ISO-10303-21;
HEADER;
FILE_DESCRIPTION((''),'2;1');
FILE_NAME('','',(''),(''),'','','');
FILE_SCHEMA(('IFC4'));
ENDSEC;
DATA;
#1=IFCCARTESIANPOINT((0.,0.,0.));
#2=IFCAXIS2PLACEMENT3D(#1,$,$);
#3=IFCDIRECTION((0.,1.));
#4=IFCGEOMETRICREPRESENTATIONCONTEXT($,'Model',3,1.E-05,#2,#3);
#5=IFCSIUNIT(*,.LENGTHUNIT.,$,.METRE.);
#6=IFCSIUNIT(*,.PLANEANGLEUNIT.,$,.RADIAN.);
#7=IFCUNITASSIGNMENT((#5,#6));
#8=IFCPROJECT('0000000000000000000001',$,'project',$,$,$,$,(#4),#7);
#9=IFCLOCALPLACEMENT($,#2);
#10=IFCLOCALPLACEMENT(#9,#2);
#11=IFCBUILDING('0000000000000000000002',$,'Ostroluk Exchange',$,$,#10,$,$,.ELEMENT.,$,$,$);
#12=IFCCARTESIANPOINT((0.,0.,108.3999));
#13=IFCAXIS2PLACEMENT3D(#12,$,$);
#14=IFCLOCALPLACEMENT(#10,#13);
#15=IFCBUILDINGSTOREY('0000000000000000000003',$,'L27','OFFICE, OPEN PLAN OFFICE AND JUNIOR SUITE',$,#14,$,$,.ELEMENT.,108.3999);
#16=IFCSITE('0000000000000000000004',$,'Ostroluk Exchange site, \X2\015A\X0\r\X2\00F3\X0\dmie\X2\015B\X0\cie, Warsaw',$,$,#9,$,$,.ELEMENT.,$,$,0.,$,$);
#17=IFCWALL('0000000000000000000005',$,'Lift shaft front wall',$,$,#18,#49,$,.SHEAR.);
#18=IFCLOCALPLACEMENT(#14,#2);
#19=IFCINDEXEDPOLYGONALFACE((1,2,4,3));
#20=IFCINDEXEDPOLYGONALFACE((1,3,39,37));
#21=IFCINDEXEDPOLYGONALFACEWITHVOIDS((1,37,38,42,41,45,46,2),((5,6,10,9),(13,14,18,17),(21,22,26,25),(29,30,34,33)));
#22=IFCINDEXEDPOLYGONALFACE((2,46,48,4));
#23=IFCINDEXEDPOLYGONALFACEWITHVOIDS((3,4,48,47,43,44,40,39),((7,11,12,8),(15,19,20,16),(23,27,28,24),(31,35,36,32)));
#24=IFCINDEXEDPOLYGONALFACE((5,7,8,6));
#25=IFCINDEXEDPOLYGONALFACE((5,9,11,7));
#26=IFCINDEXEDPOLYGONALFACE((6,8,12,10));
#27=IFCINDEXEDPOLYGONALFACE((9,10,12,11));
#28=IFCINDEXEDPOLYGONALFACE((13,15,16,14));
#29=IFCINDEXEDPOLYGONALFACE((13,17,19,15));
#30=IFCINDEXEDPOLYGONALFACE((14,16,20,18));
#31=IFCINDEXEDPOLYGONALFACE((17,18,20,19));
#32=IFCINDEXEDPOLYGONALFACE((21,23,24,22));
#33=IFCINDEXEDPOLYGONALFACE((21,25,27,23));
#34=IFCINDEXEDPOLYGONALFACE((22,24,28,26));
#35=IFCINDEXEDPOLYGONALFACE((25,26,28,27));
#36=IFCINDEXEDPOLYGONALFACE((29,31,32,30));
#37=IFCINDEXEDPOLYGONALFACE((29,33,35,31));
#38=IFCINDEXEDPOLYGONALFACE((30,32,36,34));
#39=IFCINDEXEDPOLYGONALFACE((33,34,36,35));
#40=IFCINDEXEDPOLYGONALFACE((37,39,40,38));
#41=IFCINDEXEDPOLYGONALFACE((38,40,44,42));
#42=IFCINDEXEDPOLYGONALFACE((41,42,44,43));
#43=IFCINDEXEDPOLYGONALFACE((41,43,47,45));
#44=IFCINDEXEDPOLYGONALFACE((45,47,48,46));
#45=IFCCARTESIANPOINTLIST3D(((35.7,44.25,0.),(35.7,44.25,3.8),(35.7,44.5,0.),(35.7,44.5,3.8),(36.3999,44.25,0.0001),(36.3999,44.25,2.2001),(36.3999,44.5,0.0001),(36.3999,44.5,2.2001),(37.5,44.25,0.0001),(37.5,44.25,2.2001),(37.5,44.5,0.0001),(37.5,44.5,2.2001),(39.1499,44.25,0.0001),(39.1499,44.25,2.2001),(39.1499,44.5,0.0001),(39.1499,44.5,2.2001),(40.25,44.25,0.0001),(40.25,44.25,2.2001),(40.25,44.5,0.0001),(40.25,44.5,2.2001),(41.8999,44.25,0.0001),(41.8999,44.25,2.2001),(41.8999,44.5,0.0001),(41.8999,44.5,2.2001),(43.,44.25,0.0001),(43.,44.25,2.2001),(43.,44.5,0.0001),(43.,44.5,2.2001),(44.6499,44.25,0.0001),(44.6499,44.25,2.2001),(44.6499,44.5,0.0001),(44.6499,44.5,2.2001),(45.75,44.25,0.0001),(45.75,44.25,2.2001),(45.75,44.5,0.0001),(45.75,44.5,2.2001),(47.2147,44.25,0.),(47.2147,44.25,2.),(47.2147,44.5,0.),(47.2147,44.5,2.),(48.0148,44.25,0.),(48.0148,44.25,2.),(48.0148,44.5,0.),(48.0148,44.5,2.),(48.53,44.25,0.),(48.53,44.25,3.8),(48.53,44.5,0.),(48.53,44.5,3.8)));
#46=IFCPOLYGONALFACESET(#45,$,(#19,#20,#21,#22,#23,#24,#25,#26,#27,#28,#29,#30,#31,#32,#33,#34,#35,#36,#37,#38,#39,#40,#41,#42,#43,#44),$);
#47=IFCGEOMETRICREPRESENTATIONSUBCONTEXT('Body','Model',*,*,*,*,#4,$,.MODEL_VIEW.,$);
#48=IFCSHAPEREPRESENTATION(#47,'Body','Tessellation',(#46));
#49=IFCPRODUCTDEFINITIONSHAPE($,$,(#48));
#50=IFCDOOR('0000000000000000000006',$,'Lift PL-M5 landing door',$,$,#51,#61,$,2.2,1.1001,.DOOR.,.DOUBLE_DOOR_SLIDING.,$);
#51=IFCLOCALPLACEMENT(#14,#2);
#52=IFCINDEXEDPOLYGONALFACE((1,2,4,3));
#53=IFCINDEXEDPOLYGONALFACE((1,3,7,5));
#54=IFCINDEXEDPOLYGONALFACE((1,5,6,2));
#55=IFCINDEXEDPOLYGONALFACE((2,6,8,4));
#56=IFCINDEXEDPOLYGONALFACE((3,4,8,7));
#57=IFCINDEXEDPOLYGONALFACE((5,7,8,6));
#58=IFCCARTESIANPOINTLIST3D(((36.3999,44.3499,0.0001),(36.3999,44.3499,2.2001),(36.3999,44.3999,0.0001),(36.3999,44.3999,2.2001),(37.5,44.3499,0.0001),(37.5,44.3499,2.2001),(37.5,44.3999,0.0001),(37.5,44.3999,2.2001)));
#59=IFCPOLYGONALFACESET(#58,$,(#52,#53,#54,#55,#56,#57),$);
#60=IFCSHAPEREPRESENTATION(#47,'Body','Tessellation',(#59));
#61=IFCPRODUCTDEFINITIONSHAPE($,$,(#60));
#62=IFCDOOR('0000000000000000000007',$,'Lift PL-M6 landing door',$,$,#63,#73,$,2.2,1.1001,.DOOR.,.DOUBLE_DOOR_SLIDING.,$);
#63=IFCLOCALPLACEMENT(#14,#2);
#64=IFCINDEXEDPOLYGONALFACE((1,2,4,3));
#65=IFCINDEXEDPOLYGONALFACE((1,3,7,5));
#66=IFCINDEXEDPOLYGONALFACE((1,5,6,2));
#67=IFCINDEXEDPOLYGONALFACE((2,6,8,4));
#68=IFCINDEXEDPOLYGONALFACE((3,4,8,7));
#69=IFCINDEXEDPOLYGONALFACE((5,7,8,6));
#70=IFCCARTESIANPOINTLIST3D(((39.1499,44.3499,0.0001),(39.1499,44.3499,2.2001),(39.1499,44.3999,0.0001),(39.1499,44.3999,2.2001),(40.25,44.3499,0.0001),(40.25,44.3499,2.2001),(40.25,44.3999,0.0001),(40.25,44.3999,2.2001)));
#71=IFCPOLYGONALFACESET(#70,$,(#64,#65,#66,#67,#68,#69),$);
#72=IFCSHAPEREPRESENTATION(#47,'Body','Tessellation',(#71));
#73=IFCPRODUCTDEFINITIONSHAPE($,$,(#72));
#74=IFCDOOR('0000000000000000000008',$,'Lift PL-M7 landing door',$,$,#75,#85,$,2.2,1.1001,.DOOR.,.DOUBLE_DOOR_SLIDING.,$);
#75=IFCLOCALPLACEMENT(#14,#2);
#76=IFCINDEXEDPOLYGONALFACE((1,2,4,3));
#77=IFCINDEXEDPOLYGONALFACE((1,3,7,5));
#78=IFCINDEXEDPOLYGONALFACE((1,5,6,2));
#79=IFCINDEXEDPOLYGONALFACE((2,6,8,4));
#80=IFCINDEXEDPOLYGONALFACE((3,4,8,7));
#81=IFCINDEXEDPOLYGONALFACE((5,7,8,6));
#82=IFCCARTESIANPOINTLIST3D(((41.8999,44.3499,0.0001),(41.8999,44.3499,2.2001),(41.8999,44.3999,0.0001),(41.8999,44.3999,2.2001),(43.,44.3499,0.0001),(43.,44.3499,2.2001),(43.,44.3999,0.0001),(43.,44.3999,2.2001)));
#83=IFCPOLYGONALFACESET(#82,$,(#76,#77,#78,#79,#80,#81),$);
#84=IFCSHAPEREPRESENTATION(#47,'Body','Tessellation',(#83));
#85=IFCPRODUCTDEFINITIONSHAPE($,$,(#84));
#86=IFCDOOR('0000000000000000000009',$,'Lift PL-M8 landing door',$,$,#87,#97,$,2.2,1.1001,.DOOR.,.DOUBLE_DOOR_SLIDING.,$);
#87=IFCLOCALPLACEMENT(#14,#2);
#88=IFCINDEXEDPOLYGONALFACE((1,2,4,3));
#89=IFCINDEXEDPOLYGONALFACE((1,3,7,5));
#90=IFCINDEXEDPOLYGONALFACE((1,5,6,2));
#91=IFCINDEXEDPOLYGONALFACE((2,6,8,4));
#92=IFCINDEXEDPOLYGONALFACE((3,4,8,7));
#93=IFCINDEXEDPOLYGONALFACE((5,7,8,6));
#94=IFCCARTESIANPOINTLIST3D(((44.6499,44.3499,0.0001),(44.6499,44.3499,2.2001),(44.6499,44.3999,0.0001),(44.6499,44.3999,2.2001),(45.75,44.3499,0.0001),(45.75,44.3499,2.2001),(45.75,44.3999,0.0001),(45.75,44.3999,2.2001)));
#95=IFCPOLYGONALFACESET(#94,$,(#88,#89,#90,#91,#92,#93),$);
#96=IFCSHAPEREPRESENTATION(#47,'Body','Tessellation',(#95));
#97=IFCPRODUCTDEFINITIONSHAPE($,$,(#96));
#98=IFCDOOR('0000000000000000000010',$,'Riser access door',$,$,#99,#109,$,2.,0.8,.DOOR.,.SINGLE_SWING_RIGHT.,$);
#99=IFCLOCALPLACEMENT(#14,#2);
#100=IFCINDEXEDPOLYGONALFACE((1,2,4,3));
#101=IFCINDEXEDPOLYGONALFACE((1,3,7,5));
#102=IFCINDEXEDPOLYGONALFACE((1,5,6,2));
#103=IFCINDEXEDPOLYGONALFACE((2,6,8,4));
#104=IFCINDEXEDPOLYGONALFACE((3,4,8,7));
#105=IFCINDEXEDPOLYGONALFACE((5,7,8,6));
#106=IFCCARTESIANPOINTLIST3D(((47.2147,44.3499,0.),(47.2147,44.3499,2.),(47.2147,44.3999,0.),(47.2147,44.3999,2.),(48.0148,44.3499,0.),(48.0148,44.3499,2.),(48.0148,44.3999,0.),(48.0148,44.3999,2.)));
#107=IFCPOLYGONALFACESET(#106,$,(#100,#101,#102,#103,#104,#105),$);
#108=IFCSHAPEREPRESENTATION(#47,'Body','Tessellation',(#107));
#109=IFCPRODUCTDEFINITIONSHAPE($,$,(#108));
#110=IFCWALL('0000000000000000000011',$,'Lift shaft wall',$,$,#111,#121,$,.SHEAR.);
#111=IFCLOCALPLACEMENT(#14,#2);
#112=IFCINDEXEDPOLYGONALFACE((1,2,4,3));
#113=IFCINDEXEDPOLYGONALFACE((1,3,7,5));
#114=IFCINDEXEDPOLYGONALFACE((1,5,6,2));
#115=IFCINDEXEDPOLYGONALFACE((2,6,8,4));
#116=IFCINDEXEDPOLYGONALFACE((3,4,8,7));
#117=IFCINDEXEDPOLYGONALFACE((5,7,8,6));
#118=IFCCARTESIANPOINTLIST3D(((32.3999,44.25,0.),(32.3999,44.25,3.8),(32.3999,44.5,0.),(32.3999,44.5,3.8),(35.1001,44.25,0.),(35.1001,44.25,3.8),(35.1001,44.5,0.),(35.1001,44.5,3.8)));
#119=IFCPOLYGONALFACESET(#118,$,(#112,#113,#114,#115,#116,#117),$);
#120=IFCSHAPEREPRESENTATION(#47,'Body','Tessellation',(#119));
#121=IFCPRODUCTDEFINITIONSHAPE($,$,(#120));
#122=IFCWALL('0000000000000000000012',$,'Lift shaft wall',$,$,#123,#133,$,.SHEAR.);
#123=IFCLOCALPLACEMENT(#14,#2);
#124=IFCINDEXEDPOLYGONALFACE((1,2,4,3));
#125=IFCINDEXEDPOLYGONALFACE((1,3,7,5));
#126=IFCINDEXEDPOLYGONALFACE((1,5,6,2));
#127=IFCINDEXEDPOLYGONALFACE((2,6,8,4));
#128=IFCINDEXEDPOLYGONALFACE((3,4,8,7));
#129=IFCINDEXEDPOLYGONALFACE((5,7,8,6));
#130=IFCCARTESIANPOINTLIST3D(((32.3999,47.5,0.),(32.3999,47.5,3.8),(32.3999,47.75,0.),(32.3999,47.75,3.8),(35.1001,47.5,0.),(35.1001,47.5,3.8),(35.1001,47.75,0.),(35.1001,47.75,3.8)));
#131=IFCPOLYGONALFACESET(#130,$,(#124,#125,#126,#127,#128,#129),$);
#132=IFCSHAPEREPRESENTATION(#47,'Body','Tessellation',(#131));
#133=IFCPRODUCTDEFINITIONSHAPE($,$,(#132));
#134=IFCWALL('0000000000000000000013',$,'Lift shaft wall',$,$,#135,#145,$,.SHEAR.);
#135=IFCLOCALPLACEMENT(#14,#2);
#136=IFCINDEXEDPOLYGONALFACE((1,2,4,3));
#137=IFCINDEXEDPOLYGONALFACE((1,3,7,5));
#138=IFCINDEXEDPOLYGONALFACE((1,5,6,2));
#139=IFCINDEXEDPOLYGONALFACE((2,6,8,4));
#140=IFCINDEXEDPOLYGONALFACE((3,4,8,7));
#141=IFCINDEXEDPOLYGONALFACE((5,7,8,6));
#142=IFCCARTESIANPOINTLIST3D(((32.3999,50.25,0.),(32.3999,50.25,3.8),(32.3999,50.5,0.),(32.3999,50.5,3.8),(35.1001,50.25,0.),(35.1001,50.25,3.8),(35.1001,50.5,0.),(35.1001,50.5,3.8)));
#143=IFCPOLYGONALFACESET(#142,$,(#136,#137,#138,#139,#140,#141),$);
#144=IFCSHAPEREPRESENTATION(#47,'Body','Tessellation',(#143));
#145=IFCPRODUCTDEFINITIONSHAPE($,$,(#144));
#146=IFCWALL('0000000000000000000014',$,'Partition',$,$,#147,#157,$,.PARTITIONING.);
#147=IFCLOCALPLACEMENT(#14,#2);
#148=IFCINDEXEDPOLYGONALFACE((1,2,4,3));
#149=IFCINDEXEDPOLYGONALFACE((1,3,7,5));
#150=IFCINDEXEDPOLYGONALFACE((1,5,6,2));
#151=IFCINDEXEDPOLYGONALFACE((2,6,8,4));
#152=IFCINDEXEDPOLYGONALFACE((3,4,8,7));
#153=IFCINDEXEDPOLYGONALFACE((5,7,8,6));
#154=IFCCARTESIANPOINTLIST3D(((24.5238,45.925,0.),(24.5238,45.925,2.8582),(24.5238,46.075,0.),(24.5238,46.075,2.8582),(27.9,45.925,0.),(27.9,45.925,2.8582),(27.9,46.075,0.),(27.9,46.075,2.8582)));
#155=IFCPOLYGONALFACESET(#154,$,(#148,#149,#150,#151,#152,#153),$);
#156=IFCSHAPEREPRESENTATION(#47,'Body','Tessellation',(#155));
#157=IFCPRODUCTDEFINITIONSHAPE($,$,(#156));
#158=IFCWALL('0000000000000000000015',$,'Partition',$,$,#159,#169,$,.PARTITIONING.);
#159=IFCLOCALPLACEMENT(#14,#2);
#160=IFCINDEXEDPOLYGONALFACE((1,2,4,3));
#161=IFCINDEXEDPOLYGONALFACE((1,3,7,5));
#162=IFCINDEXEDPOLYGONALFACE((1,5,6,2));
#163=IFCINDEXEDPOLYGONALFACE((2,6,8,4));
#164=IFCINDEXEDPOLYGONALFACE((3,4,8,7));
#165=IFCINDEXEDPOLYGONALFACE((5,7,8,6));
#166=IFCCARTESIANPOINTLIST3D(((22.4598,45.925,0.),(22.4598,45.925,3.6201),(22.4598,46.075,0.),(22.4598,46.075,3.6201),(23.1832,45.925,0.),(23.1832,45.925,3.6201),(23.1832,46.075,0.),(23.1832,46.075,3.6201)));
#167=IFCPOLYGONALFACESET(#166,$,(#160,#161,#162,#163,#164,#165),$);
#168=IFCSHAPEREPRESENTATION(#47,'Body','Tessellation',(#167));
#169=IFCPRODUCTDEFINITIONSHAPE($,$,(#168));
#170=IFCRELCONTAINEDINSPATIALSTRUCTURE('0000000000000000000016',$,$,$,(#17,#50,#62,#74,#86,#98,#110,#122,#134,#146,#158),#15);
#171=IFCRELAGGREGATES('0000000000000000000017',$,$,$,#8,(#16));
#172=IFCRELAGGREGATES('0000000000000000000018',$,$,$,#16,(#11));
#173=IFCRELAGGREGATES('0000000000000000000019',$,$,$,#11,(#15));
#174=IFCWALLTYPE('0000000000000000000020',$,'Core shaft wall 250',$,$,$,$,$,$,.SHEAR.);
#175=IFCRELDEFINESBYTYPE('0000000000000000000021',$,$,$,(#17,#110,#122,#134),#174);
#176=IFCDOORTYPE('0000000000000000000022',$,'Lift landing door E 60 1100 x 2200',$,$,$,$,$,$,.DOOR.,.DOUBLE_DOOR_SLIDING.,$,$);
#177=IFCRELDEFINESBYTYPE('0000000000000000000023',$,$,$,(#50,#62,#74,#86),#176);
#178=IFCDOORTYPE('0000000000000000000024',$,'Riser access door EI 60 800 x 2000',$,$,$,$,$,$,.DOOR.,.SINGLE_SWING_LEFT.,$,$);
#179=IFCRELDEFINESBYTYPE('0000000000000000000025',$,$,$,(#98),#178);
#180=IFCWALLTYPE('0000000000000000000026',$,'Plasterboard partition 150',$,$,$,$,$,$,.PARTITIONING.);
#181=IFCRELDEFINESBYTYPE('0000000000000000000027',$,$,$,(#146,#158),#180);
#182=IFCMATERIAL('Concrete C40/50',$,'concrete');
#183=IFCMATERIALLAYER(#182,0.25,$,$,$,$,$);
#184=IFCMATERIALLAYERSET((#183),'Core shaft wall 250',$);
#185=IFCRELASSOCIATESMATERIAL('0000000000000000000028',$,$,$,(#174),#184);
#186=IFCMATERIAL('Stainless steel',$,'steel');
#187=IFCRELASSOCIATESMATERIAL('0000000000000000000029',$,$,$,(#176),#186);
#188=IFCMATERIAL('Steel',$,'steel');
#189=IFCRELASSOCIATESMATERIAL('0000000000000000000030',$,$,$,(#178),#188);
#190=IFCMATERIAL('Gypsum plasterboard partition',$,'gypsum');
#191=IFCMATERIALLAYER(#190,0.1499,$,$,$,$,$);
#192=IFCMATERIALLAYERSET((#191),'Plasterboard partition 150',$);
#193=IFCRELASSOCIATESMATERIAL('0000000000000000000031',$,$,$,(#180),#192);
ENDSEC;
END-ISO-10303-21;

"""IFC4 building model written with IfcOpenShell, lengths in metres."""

from ifc_helpers import new_model, si_unit, direction, frame, frame_2d, origin, place, context, subcontext, project, spatial, rectangle, extrude, material, layer, layer_set, type_object, element, fill, save


model = new_model("IFC4")

# Units and contexts
model_context = context("Model", 3, precision=1e-05, world=origin(), true_north=direction((0.0, 1.0)))
body_context = subcontext(model_context, "Body", "Model", "MODEL_VIEW")
ifc_project = project(units=[si_unit("LENGTHUNIT", "METRE"), si_unit("PLANEANGLEUNIT", "RADIAN")], contexts=[model_context])

# Site, building, storey
site_placement = place(None, origin())
site = spatial("IfcSite", under=ifc_project, at=site_placement, Name="Ostroluk Exchange site, Śródmieście, Warsaw", CompositionType="ELEMENT", RefElevation=0.0)
building_placement = place(site_placement, origin())
building = spatial("IfcBuilding", under=site, at=building_placement, Name="Ostroluk Exchange", CompositionType="ELEMENT")
storey_placement = place(building_placement, frame((0.0, 0.0, 108.3999)))
storey = spatial("IfcBuildingStorey", under=building, at=storey_placement, Name="L27", Description="OFFICE, OPEN PLAN OFFICE AND JUNIOR SUITE", CompositionType="ELEMENT", Elevation=108.3999)

# Shared definitions
ifc_material_1 = material(Name="Concrete C40/50", Category="concrete")
ifc_layer_1 = layer(ifc_material_1, 0.25)
ifc_layer_set_1 = layer_set([ifc_layer_1], Name="Core shaft wall 250")
wall_type_1 = type_object("IfcWallType", Name="Core shaft wall 250", PredefinedType="SHEAR", material=ifc_layer_set_1)

# Wall, openings, doors
ifc_material_2 = material(Name="Stainless steel", Category="steel")
door_type_1 = type_object("IfcDoorType", Name="Lift landing door E 60 1100 x 2200", OperationType="DOUBLE_DOOR_SLIDING", PredefinedType="DOOR", material=ifc_material_2)
ifc_material_3 = material(Name="Steel", Category="steel")
door_type_2 = type_object("IfcDoorType", Name="Riser access door EI 60 800 x 2000", OperationType="SINGLE_SWING_LEFT", PredefinedType="DOOR", material=ifc_material_3)
wall_1_placement = place(storey_placement, frame((35.7, 44.375, 0.0), z_axis=(0.0, 0.0, 1.0), x_axis=(1.0, 0.0, 0.0)))
wall_1 = element("IfcWall", 1, at=wall_1_placement, inside=storey, type_object=wall_type_1, Name="Lift shaft front wall", PredefinedType="SHEAR", context=body_context, shape_type="SweptSolid", body=[
    extrude(rectangle(XDim=12.8301, YDim=0.25, at=frame_2d((6.415, 0.0))), origin(), (0.0, 0.0, 1.0), 3.8),
])
opening_1_placement = place(wall_1_placement, frame((0.7, 0.0, 0.0)))
opening_1 = element("IfcOpeningElement", 2, at=opening_1_placement, cuts=wall_1, PredefinedType="OPENING", context=body_context, shape_type="SweptSolid", body=[
    extrude(rectangle(XDim=1.1001, YDim=2.2, at=frame_2d((0.55, 1.1001))), frame((0.0, 0.135, 0.0), z_axis=(0.0, -1.0, 0.0), x_axis=(1.0, 0.0, 0.0)), (0.0, 0.0, 1.0), 0.27),
])
opening_2_placement = place(wall_1_placement, frame((3.45, 0.0, 0.0)))
opening_2 = element("IfcOpeningElement", 3, at=opening_2_placement, cuts=wall_1, PredefinedType="OPENING", context=body_context, shape_type="SweptSolid", body=[
    extrude(rectangle(XDim=1.1001, YDim=2.2, at=frame_2d((0.55, 1.1001))), frame((0.0, 0.135, 0.0), z_axis=(0.0, -1.0, 0.0), x_axis=(1.0, 0.0, 0.0)), (0.0, 0.0, 1.0), 0.27),
])
opening_3_placement = place(wall_1_placement, frame((6.2, 0.0, 0.0)))
opening_3 = element("IfcOpeningElement", 4, at=opening_3_placement, cuts=wall_1, PredefinedType="OPENING", context=body_context, shape_type="SweptSolid", body=[
    extrude(rectangle(XDim=1.1001, YDim=2.2, at=frame_2d((0.55, 1.1001))), frame((0.0, 0.135, 0.0), z_axis=(0.0, -1.0, 0.0), x_axis=(1.0, 0.0, 0.0)), (0.0, 0.0, 1.0), 0.27),
])
opening_4_placement = place(wall_1_placement, frame((8.95, 0.0, 0.0)))
opening_4 = element("IfcOpeningElement", 5, at=opening_4_placement, cuts=wall_1, PredefinedType="OPENING", context=body_context, shape_type="SweptSolid", body=[
    extrude(rectangle(XDim=1.1001, YDim=2.2, at=frame_2d((0.55, 1.1001))), frame((0.0, 0.135, 0.0), z_axis=(0.0, -1.0, 0.0), x_axis=(1.0, 0.0, 0.0)), (0.0, 0.0, 1.0), 0.27),
])
opening_5_placement = place(wall_1_placement, frame((11.5149, 0.0, 0.0)))
opening_5 = element("IfcOpeningElement", 6, at=opening_5_placement, cuts=wall_1, PredefinedType="OPENING", context=body_context, shape_type="SweptSolid", body=[
    extrude(rectangle(XDim=0.8, YDim=2.0, at=frame_2d((0.3999, 1.0))), frame((0.0, 0.135, 0.0), z_axis=(0.0, -1.0, 0.0), x_axis=(1.0, 0.0, 0.0)), (0.0, 0.0, 1.0), 0.27),
])
door_1_placement = place(opening_1_placement, origin())
door_1 = element("IfcDoor", 7, at=door_1_placement, inside=storey, type_object=door_type_1, Name="Lift PL-M5 landing door", OperationType="DOUBLE_DOOR_SLIDING", OverallHeight=2.2, OverallWidth=1.1001, PredefinedType="DOOR", context=body_context, shape_type="SweptSolid", body=[
    extrude(rectangle(XDim=1.1001, YDim=2.2, at=frame_2d((0.55, 1.1001))), frame((0.0, 0.0249, 0.0), z_axis=(0.0, -1.0, 0.0), x_axis=(1.0, 0.0, 0.0)), (0.0, 0.0, 1.0), 0.05),
])
fill(opening_1, door_1)
door_2_placement = place(opening_2_placement, origin())
door_2 = element("IfcDoor", 8, at=door_2_placement, inside=storey, type_object=door_type_1, Name="Lift PL-M6 landing door", OperationType="DOUBLE_DOOR_SLIDING", OverallHeight=2.2, OverallWidth=1.1001, PredefinedType="DOOR", context=body_context, shape_type="SweptSolid", body=[
    extrude(rectangle(XDim=1.1001, YDim=2.2, at=frame_2d((0.55, 1.1001))), frame((0.0, 0.0249, 0.0), z_axis=(0.0, -1.0, 0.0), x_axis=(1.0, 0.0, 0.0)), (0.0, 0.0, 1.0), 0.05),
])
fill(opening_2, door_2)
door_3_placement = place(opening_3_placement, origin())
door_3 = element("IfcDoor", 9, at=door_3_placement, inside=storey, type_object=door_type_1, Name="Lift PL-M7 landing door", OperationType="DOUBLE_DOOR_SLIDING", OverallHeight=2.2, OverallWidth=1.1001, PredefinedType="DOOR", context=body_context, shape_type="SweptSolid", body=[
    extrude(rectangle(XDim=1.1001, YDim=2.2, at=frame_2d((0.55, 1.1001))), frame((0.0, 0.0249, 0.0), z_axis=(0.0, -1.0, 0.0), x_axis=(1.0, 0.0, 0.0)), (0.0, 0.0, 1.0), 0.05),
])
fill(opening_3, door_3)
door_4_placement = place(opening_4_placement, origin())
door_4 = element("IfcDoor", 10, at=door_4_placement, inside=storey, type_object=door_type_1, Name="Lift PL-M8 landing door", OperationType="DOUBLE_DOOR_SLIDING", OverallHeight=2.2, OverallWidth=1.1001, PredefinedType="DOOR", context=body_context, shape_type="SweptSolid", body=[
    extrude(rectangle(XDim=1.1001, YDim=2.2, at=frame_2d((0.55, 1.1001))), frame((0.0, 0.0249, 0.0), z_axis=(0.0, -1.0, 0.0), x_axis=(1.0, 0.0, 0.0)), (0.0, 0.0, 1.0), 0.05),
])
fill(opening_4, door_4)
door_5_placement = place(opening_5_placement, origin())
door_5 = element("IfcDoor", 11, at=door_5_placement, inside=storey, type_object=door_type_2, Name="Riser access door", OperationType="SINGLE_SWING_RIGHT", OverallHeight=2.0, OverallWidth=0.8, PredefinedType="DOOR", context=body_context, shape_type="SweptSolid", body=[
    extrude(rectangle(XDim=0.8, YDim=2.0, at=frame_2d((0.3999, 1.0))), frame((0.0, 0.0249, 0.0), z_axis=(0.0, -1.0, 0.0), x_axis=(1.0, 0.0, 0.0)), (0.0, 0.0, 1.0), 0.05),
])
fill(opening_5, door_5)

# Walls
for number, where, z_axis, x_axis, name in (
    (12, (32.3999, 44.375, 0.0), (0.0, 0.0, 1.0), (1.0, 0.0, 0.0), "Lift shaft wall"),
    (13, (32.3999, 47.625, 0.0), (0.0, 0.0, 1.0), (1.0, 0.0, 0.0), "Lift shaft wall"),
    (14, (32.3999, 50.375, 0.0), (0.0, 0.0, 1.0), (1.0, 0.0, 0.0), "Lift shaft wall"),
):
    element("IfcWall", number, at=place(storey_placement, frame(where, z_axis=z_axis, x_axis=x_axis)), inside=storey, type_object=wall_type_1, Name=name, PredefinedType="SHEAR", context=body_context, shape_type="SweptSolid", body=[
        extrude(rectangle(XDim=2.7002, YDim=0.25, at=frame_2d((1.3501, 0.0))), origin(), (0.0, 0.0, 1.0), 3.8),
    ])
ifc_material_4 = material(Name="Gypsum plasterboard partition", Category="gypsum")
ifc_layer_2 = layer(ifc_material_4, 0.1499)
ifc_layer_set_2 = layer_set([ifc_layer_2], Name="Plasterboard partition 150")
wall_type_2 = type_object("IfcWallType", Name="Plasterboard partition 150", PredefinedType="PARTITIONING", material=ifc_layer_set_2)
wall_2_placement = place(storey_placement, frame((27.8999, 46.0, 0.0), z_axis=(0.0, 0.0, 1.0), x_axis=(-1.0, 0.0, 0.0)))
element("IfcWall", 15, at=wall_2_placement, inside=storey, type_object=wall_type_2, Name="Partition", PredefinedType="PARTITIONING", context=body_context, shape_type="SweptSolid", body=[
    extrude(rectangle(XDim=3.3762, YDim=0.1499, at=frame_2d((1.688, 0.0))), origin(), (0.0, 0.0, 1.0), 2.8582),
])
wall_3_placement = place(storey_placement, frame((23.1833, 46.0, 0.0), z_axis=(0.0, 0.0, 1.0), x_axis=(-1.0, 0.0, 0.0)))
element("IfcWall", 16, at=wall_3_placement, inside=storey, type_object=wall_type_2, Name="Partition", PredefinedType="PARTITIONING", context=body_context, shape_type="SweptSolid", body=[
    extrude(rectangle(XDim=0.7234, YDim=0.1499, at=frame_2d((0.3618, 0.0))), origin(), (0.0, 0.0, 1.0), 3.6201),
])

save(model, "model.ifc")
